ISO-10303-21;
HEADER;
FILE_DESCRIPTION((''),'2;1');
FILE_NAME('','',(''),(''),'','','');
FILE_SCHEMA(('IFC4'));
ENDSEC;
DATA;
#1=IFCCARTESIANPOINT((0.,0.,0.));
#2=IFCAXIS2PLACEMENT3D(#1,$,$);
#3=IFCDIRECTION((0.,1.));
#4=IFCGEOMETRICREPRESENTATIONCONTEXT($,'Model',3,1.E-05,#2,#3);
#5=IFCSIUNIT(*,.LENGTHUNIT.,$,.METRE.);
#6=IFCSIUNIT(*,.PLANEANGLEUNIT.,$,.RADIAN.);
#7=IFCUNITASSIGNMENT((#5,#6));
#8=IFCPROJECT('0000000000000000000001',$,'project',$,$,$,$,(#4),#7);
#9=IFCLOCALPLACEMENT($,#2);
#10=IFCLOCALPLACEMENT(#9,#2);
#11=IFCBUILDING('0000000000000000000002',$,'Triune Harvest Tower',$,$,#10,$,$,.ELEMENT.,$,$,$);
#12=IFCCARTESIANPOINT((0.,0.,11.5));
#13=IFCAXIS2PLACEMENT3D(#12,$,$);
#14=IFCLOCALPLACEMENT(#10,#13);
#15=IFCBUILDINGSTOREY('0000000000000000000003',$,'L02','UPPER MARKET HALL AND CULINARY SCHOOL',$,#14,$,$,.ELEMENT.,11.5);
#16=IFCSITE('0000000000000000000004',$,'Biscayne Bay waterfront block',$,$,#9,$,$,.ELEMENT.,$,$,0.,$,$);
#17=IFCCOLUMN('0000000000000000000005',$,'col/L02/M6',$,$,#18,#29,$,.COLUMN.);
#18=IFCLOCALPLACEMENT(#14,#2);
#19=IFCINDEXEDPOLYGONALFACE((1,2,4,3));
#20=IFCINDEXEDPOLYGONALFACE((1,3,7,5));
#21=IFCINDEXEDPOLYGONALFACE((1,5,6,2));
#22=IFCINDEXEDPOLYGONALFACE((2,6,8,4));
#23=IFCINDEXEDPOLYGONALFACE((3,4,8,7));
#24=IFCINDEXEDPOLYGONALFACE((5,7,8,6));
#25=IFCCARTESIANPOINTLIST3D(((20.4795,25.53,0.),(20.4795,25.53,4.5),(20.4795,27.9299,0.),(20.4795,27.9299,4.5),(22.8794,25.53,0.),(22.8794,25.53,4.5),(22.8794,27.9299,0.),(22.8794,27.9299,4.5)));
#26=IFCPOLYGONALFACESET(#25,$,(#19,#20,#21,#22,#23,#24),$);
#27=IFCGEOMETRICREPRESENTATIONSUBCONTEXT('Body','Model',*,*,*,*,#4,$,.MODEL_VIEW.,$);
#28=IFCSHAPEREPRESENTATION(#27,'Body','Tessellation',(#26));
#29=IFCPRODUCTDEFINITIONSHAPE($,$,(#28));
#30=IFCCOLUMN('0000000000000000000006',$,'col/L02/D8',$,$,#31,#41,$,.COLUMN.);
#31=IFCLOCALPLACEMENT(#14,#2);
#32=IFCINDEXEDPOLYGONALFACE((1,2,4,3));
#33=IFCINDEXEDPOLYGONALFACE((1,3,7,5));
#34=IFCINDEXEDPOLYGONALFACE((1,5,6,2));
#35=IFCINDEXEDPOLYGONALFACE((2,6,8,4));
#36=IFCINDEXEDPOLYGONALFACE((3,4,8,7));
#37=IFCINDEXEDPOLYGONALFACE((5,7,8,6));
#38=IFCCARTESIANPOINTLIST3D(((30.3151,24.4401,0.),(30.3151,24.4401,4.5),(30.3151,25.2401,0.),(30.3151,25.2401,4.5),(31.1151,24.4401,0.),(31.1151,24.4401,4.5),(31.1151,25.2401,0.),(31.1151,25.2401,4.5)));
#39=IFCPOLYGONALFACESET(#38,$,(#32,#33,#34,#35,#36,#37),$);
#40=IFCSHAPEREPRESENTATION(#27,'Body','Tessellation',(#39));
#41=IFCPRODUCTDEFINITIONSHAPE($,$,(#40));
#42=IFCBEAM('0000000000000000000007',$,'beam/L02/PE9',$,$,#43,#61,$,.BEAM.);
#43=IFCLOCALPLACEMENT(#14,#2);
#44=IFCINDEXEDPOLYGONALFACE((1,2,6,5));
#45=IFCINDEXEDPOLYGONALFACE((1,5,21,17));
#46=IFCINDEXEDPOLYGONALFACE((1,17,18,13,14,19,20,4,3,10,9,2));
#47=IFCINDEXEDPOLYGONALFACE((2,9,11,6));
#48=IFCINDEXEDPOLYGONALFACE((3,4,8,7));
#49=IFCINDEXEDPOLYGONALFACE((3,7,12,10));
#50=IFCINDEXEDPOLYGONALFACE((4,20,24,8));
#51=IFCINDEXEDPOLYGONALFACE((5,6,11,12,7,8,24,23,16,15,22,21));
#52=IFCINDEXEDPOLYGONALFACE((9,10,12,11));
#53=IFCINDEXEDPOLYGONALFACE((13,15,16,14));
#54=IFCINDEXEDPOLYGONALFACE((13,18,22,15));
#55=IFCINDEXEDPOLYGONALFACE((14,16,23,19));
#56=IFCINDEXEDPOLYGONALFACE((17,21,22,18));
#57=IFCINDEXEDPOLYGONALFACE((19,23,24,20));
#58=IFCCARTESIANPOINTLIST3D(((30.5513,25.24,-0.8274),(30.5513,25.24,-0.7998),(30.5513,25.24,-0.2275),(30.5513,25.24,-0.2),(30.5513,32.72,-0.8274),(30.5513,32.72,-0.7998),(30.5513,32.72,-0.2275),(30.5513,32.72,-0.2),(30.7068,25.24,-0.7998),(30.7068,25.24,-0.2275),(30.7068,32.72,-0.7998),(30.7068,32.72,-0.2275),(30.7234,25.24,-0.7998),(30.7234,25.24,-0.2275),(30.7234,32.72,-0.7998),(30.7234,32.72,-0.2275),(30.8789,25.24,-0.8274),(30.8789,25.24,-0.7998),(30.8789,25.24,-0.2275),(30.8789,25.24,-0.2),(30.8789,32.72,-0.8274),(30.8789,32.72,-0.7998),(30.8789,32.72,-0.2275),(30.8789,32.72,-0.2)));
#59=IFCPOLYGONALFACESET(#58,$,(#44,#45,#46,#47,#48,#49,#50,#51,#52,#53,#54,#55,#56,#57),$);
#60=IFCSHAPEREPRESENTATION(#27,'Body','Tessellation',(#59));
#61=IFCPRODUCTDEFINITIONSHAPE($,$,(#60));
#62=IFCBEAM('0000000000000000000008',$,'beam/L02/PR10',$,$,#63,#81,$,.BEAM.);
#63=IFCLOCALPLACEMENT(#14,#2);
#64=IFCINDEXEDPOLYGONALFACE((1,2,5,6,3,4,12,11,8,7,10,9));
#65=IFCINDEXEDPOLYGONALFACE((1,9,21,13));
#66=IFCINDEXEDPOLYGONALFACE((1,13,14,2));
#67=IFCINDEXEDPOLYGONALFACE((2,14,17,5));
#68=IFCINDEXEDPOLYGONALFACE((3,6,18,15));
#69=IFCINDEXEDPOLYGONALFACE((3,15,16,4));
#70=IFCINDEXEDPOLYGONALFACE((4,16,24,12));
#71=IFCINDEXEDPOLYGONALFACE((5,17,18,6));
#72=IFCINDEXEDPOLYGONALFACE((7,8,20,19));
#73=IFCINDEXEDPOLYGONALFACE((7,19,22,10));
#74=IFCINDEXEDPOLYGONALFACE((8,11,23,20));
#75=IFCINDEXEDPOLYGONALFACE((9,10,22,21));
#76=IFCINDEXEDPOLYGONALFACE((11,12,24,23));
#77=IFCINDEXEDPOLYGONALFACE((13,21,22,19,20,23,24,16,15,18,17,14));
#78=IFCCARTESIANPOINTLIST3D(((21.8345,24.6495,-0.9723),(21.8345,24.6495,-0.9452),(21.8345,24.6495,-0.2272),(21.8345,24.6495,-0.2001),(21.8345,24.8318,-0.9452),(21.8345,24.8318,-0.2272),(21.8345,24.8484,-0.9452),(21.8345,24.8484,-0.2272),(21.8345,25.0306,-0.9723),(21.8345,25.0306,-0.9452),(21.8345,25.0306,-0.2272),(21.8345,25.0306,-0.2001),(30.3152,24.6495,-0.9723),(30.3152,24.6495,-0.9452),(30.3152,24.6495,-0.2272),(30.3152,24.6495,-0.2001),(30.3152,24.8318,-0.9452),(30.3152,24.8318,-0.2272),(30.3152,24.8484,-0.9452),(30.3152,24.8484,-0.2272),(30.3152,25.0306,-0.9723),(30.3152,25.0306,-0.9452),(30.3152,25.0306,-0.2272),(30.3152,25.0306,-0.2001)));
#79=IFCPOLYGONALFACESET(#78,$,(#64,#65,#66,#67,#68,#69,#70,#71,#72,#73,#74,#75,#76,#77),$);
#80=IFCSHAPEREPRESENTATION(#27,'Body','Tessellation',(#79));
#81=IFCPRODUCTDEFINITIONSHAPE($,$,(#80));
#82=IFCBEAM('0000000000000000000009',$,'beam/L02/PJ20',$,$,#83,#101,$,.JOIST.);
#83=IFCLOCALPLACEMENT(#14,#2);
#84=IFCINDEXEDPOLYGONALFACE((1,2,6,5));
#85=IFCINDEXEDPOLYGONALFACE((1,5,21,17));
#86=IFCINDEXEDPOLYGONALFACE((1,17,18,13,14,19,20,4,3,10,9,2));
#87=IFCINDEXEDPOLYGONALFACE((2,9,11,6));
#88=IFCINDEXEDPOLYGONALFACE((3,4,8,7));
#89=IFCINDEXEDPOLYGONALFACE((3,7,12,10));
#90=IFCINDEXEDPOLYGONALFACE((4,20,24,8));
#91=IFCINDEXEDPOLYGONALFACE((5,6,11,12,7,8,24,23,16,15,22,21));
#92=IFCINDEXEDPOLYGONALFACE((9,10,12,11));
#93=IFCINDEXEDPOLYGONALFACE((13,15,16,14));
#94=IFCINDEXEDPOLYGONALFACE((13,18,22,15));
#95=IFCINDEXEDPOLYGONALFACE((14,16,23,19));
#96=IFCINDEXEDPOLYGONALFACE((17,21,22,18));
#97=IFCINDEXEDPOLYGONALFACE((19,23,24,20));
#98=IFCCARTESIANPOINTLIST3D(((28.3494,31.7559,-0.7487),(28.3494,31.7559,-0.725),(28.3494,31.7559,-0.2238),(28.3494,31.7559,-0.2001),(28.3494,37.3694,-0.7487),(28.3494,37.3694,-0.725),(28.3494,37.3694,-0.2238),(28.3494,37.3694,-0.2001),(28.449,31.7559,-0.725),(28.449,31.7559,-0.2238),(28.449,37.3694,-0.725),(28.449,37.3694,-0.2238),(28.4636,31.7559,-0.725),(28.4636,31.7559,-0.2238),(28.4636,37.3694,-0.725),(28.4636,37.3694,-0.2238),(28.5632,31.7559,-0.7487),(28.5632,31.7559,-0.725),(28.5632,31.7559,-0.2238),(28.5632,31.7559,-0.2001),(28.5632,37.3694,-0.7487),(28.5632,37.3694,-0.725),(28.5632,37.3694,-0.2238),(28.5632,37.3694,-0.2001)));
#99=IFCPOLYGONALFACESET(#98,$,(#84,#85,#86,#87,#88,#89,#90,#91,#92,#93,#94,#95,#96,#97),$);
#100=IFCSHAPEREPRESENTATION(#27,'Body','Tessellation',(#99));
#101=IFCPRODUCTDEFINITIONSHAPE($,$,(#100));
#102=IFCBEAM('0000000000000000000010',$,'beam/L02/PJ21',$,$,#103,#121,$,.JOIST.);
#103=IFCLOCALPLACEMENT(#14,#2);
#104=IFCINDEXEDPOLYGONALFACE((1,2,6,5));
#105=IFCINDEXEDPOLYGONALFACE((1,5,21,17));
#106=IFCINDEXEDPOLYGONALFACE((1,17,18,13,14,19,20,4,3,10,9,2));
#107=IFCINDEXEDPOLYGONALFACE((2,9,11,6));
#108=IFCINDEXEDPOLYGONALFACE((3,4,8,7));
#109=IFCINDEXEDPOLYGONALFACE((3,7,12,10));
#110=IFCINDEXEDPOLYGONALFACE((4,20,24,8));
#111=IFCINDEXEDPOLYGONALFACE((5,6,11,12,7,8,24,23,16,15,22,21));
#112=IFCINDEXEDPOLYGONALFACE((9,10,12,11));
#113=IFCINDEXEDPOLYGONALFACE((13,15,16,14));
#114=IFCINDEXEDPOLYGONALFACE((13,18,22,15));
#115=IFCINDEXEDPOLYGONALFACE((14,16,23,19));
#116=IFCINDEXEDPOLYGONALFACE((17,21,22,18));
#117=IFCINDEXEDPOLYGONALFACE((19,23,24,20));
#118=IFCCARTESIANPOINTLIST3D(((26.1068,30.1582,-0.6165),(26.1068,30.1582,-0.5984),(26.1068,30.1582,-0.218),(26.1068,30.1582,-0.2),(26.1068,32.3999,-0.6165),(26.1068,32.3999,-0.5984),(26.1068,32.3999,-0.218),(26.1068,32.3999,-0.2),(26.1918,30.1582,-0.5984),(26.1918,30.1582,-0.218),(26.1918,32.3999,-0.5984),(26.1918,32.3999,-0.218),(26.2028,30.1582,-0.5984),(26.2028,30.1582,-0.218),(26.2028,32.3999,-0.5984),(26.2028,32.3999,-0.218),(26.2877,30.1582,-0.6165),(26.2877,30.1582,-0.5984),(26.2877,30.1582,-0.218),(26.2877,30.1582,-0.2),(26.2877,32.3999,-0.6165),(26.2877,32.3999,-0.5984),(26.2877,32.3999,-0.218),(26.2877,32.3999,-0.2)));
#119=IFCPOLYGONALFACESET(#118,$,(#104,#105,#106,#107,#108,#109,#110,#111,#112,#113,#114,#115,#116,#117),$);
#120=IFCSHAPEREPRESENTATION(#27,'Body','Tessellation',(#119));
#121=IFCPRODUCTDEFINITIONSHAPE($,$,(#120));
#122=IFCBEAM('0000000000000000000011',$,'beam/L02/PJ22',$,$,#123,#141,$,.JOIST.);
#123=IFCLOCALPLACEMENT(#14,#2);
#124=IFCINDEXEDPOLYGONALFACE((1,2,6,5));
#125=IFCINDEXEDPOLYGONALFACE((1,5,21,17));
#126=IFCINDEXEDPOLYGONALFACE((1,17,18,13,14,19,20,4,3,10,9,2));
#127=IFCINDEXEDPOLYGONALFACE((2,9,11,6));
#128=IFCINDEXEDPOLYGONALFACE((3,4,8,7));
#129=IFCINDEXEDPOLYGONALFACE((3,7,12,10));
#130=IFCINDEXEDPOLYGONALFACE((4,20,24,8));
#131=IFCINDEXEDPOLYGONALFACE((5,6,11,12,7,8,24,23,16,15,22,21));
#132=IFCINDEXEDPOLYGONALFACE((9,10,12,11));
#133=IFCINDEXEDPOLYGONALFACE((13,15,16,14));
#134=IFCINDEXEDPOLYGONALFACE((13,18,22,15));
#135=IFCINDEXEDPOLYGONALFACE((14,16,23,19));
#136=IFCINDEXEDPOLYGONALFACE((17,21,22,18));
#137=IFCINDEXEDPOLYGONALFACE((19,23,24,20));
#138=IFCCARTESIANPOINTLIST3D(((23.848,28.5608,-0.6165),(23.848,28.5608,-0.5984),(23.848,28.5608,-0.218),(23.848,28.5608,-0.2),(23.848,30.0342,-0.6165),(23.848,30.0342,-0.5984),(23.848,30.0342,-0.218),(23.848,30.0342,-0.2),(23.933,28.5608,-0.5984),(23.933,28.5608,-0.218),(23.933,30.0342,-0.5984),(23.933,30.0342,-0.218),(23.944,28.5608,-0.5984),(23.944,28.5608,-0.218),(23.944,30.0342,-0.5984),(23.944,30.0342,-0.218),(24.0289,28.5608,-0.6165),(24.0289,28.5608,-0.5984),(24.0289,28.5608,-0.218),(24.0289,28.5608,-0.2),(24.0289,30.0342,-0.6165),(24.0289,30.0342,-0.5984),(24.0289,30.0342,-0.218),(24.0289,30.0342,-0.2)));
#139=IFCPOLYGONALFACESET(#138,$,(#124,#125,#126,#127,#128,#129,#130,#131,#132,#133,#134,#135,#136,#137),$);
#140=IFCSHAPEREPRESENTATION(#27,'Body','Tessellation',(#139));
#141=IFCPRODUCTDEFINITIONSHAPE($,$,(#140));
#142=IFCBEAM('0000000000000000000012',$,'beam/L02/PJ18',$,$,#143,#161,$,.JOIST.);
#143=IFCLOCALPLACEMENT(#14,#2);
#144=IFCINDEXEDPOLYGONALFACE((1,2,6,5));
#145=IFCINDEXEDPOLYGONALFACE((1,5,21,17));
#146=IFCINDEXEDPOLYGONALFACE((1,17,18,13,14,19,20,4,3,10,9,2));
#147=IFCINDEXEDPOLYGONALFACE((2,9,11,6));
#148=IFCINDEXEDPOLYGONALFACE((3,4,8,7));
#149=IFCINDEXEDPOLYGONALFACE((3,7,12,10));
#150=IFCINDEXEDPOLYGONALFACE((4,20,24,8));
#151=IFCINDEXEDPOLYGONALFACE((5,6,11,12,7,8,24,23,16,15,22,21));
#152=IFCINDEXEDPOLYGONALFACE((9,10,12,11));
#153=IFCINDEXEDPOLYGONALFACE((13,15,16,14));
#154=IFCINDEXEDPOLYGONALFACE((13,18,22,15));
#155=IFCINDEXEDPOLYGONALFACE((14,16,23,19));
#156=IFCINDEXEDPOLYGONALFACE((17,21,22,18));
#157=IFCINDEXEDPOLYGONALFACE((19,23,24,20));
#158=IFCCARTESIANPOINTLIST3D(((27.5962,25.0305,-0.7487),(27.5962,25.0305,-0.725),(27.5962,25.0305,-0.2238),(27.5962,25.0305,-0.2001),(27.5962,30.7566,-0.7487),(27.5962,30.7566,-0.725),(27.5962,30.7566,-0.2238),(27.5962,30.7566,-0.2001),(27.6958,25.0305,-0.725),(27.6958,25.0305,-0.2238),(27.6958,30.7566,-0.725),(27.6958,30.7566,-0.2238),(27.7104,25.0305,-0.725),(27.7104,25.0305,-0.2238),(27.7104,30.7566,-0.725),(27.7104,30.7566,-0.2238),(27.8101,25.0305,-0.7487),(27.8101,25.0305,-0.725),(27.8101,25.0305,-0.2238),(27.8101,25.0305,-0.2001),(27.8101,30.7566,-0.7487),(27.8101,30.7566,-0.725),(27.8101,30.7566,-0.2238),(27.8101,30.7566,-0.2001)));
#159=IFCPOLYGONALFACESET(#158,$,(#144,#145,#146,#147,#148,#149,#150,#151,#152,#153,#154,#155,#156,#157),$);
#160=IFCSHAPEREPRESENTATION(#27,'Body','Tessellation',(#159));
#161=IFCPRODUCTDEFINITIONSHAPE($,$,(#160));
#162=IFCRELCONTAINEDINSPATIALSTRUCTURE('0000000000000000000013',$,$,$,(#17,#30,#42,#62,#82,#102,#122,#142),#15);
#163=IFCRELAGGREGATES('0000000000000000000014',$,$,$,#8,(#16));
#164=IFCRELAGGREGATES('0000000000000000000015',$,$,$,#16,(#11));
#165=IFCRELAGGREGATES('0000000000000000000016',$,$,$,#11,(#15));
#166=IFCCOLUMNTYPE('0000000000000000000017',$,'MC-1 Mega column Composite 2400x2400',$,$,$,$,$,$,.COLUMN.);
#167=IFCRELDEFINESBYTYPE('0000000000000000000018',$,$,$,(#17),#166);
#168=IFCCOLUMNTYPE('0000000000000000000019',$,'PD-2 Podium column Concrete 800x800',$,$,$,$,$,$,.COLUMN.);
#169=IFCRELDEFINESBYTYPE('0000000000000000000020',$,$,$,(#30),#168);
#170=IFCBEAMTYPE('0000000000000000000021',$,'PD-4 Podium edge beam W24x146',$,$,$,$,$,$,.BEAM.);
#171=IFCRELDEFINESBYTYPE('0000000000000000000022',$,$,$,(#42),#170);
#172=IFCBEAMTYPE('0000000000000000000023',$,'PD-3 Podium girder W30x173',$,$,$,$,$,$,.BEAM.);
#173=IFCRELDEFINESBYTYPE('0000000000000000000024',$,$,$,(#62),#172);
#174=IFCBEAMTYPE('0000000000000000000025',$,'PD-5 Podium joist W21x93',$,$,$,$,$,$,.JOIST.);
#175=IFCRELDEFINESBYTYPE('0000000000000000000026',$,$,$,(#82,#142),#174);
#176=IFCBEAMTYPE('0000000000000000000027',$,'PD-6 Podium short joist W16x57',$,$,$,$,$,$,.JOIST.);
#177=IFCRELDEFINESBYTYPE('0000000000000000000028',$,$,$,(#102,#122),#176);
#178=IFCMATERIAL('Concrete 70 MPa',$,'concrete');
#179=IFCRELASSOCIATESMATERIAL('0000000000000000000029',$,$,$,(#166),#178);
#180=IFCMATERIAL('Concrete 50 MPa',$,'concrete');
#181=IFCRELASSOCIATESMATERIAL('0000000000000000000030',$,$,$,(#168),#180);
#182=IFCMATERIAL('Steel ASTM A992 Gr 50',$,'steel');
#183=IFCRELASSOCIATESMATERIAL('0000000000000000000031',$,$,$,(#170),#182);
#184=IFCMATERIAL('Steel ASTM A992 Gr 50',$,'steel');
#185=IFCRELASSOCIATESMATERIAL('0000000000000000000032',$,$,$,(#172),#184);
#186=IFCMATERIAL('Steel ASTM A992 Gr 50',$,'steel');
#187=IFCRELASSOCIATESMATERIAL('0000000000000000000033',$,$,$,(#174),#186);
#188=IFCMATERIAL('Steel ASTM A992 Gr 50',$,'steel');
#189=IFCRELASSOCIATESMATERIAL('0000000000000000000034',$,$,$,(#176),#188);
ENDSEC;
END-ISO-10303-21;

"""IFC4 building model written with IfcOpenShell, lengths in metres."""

from ifc_helpers import new_model, si_unit, direction, frame, origin, origin_2d, place, context, subcontext, project, spatial, rectangle, i_section, extrude, source, transform, mapped, material, material_profile, profile_set, type_object, element, save


model = new_model("IFC4")

# Units and contexts
model_context = context("Model", 3, precision=1e-05, world=origin(), true_north=direction((0.0, 1.0)))
body_context = subcontext(model_context, "Body", "Model", "MODEL_VIEW")
ifc_project = project(units=[si_unit("LENGTHUNIT", "METRE"), si_unit("PLANEANGLEUNIT", "RADIAN")], contexts=[model_context])

# Site, building, storey
site_placement = place(None, origin())
site = spatial("IfcSite", under=ifc_project, at=site_placement, Name="Biscayne Bay waterfront block", CompositionType="ELEMENT", RefElevation=0.0)
building_placement = place(site_placement, origin())
building = spatial("IfcBuilding", under=site, at=building_placement, Name="Triune Harvest Tower", CompositionType="ELEMENT")
storey_placement = place(building_placement, frame((0.0, 0.0, 11.5)))
storey = spatial("IfcBuildingStorey", under=building, at=storey_placement, Name="L02", Description="UPPER MARKET HALL AND CULINARY SCHOOL", CompositionType="ELEMENT", Elevation=11.5)

# Columns
ifc_material_1 = material(Name="Concrete 70 MPa", Category="concrete")
ifc_material_profile_1 = material_profile(ifc_material_1, rectangle(XDim=2.3999, YDim=2.3999, at=origin_2d()), Name="Composite 2400x2400")
ifc_profile_set_1 = profile_set([ifc_material_profile_1], Name="Concrete 70 MPa")
column_type_1 = type_object("IfcColumnType", Name="MC-1 Mega column Composite 2400x2400", PredefinedType="COLUMN", material=ifc_profile_set_1)
shared_shape_1 = source(origin(), body_context, "Body", "SweptSolid", [
    extrude(rectangle(XDim=2.3999, YDim=2.3999, at=origin_2d()), origin(), (0.0, 0.0, 1.0), 4.5),
])
column_1_placement = place(storey_placement, frame((21.6794, 26.73, 0.0), z_axis=(0.0, 0.0, 1.0), x_axis=(0.0, 1.0, 0.0)))
element("IfcColumn", 1, at=column_1_placement, inside=storey, type_object=column_type_1, Name="col/L02/M6", PredefinedType="COLUMN", context=body_context, shape_type="MappedRepresentation", body=[
    mapped(shared_shape_1, transform((0.0, 0.0, 0.0), scale=1.0)),
])
ifc_material_2 = material(Name="Concrete 50 MPa", Category="concrete")
ifc_material_profile_2 = material_profile(ifc_material_2, rectangle(XDim=0.8, YDim=0.8, at=origin_2d()), Name="Concrete 800x800")
ifc_profile_set_2 = profile_set([ifc_material_profile_2], Name="Concrete 50 MPa")
column_type_2 = type_object("IfcColumnType", Name="PD-2 Podium column Concrete 800x800", PredefinedType="COLUMN", material=ifc_profile_set_2)
shared_shape_2 = source(origin(), body_context, "Body", "SweptSolid", [
    extrude(rectangle(XDim=0.8, YDim=0.8, at=origin_2d()), origin(), (0.0, 0.0, 1.0), 4.5),
])
column_2_placement = place(storey_placement, frame((30.7151, 24.8401, 0.0), z_axis=(0.0, 0.0, 1.0), x_axis=(0.0, 1.0, 0.0)))
element("IfcColumn", 2, at=column_2_placement, inside=storey, type_object=column_type_2, Name="col/L02/D8", PredefinedType="COLUMN", context=body_context, shape_type="MappedRepresentation", body=[
    mapped(shared_shape_2, transform((0.0, 0.0, 0.0), scale=1.0)),
])

# Beams
ifc_material_3 = material(Name="Steel ASTM A992 Gr 50", Category="steel")
ifc_material_profile_3 = material_profile(ifc_material_3, i_section(OverallWidth=0.3276, OverallDepth=0.6274, WebThickness=0.0166, FlangeThickness=0.0276, at=origin_2d()), Name="W24x146")
ifc_profile_set_3 = profile_set([ifc_material_profile_3], Name="Steel ASTM A992 Gr 50")
beam_type_1 = type_object("IfcBeamType", Name="PD-4 Podium edge beam W24x146", PredefinedType="BEAM", material=ifc_profile_set_3)
shared_shape_3 = source(origin(), body_context, "Body", "SweptSolid", [
    extrude(i_section(OverallWidth=0.3276, OverallDepth=0.6274, WebThickness=0.0166, FlangeThickness=0.0276, at=origin_2d()), origin(), (0.0, 0.0, 1.0), 7.48),
])
beam_1_placement = place(storey_placement, frame((30.7151, 25.24, -0.5137), z_axis=(0.0, 1.0, 0.0), x_axis=(-1.0, 0.0, 0.0)))
element("IfcBeam", 3, at=beam_1_placement, inside=storey, type_object=beam_type_1, Name="beam/L02/PE9", PredefinedType="BEAM", context=body_context, shape_type="MappedRepresentation", body=[
    mapped(shared_shape_3, transform((0.0, 0.0, 0.0), scale=1.0)),
])
ifc_material_4 = material(Name="Steel ASTM A992 Gr 50", Category="steel")
ifc_material_profile_4 = material_profile(ifc_material_4, i_section(OverallWidth=0.3811, OverallDepth=0.7722, WebThickness=0.0166, FlangeThickness=0.0271, at=origin_2d()), Name="W30x173")
ifc_profile_set_4 = profile_set([ifc_material_profile_4], Name="Steel ASTM A992 Gr 50")
beam_type_2 = type_object("IfcBeamType", Name="PD-3 Podium girder W30x173", PredefinedType="BEAM", material=ifc_profile_set_4)
shared_shape_4 = source(origin(), body_context, "Body", "SweptSolid", [
    extrude(i_section(OverallWidth=0.3811, OverallDepth=0.7722, WebThickness=0.0166, FlangeThickness=0.0271, at=origin_2d()), origin(), (0.0, 0.0, 1.0), 8.4807),
])
beam_2_placement = place(storey_placement, frame((30.3152, 24.8401, -0.5862), z_axis=(-1.0, 0.0, 0.0), x_axis=(0.0, -1.0, 0.0)))
element("IfcBeam", 4, at=beam_2_placement, inside=storey, type_object=beam_type_2, Name="beam/L02/PR10", PredefinedType="BEAM", context=body_context, shape_type="MappedRepresentation", body=[
    mapped(shared_shape_4, transform((0.0, 0.0, 0.0), scale=1.0)),
])
ifc_material_5 = material(Name="Steel ASTM A992 Gr 50", Category="steel")
ifc_material_profile_5 = material_profile(ifc_material_5, i_section(OverallWidth=0.2139, OverallDepth=0.5486, WebThickness=0.0146, FlangeThickness=0.0237, at=origin_2d()), Name="W21x93")
ifc_profile_set_5 = profile_set([ifc_material_profile_5], Name="Steel ASTM A992 Gr 50")
beam_type_3 = type_object("IfcBeamType", Name="PD-5 Podium joist W21x93", PredefinedType="JOIST", material=ifc_profile_set_5)
shared_shape_5 = source(origin(), body_context, "Body", "SweptSolid", [
    extrude(i_section(OverallWidth=0.2139, OverallDepth=0.5486, WebThickness=0.0146, FlangeThickness=0.0237, at=origin_2d()), origin(), (0.0, 0.0, 1.0), 5.6135),
])
beam_3_placement = place(storey_placement, frame((28.4563, 31.7559, -0.4744), z_axis=(0.0, 1.0, 0.0), x_axis=(-1.0, 0.0, 0.0)))
element("IfcBeam", 5, at=beam_3_placement, inside=storey, type_object=beam_type_3, Name="beam/L02/PJ20", PredefinedType="JOIST", context=body_context, shape_type="MappedRepresentation", body=[
    mapped(shared_shape_5, transform((0.0, 0.0, 0.0), scale=1.0)),
])
ifc_material_6 = material(Name="Steel ASTM A992 Gr 50", Category="steel")
ifc_material_profile_6 = material_profile(ifc_material_6, i_section(OverallWidth=0.1809, OverallDepth=0.4165, WebThickness=0.011, FlangeThickness=0.0181, at=origin_2d()), Name="W16x57")
ifc_profile_set_6 = profile_set([ifc_material_profile_6], Name="Steel ASTM A992 Gr 50")
beam_type_4 = type_object("IfcBeamType", Name="PD-6 Podium short joist W16x57", PredefinedType="JOIST", material=ifc_profile_set_6)
shared_shape_6 = source(origin(), body_context, "Body", "SweptSolid", [
    extrude(i_section(OverallWidth=0.1809, OverallDepth=0.4165, WebThickness=0.011, FlangeThickness=0.0181, at=origin_2d()), origin(), (0.0, 0.0, 1.0), 2.2417),
])
beam_4_placement = place(storey_placement, frame((26.1973, 30.1582, -0.4082), z_axis=(0.0, 1.0, 0.0), x_axis=(-1.0, 0.0, 0.0)))
element("IfcBeam", 6, at=beam_4_placement, inside=storey, type_object=beam_type_4, Name="beam/L02/PJ21", PredefinedType="JOIST", context=body_context, shape_type="MappedRepresentation", body=[
    mapped(shared_shape_6, transform((0.0, 0.0, 0.0), scale=1.0)),
])
shared_shape_7 = source(origin(), body_context, "Body", "SweptSolid", [
    extrude(i_section(OverallWidth=0.1809, OverallDepth=0.4165, WebThickness=0.011, FlangeThickness=0.0181, at=origin_2d()), origin(), (0.0, 0.0, 1.0), 1.4734),
])
beam_5_placement = place(storey_placement, frame((23.9385, 28.5608, -0.4082), z_axis=(0.0, 1.0, 0.0), x_axis=(-1.0, 0.0, 0.0)))
element("IfcBeam", 7, at=beam_5_placement, inside=storey, type_object=beam_type_4, Name="beam/L02/PJ22", PredefinedType="JOIST", context=body_context, shape_type="MappedRepresentation", body=[
    mapped(shared_shape_7, transform((0.0, 0.0, 0.0), scale=1.0)),
])
shared_shape_8 = source(origin(), body_context, "Body", "SweptSolid", [
    extrude(i_section(OverallWidth=0.2139, OverallDepth=0.5486, WebThickness=0.0146, FlangeThickness=0.0237, at=origin_2d()), origin(), (0.0, 0.0, 1.0), 5.7261),
])
beam_6_placement = place(storey_placement, frame((27.7031, 25.0305, -0.4744), z_axis=(0.0, 1.0, 0.0), x_axis=(-1.0, 0.0, 0.0)))
element("IfcBeam", 8, at=beam_6_placement, inside=storey, type_object=beam_type_3, Name="beam/L02/PJ18", PredefinedType="JOIST", context=body_context, shape_type="MappedRepresentation", body=[
    mapped(shared_shape_8, transform((0.0, 0.0, 0.0), scale=1.0)),
])

save(model, "model.ifc")
